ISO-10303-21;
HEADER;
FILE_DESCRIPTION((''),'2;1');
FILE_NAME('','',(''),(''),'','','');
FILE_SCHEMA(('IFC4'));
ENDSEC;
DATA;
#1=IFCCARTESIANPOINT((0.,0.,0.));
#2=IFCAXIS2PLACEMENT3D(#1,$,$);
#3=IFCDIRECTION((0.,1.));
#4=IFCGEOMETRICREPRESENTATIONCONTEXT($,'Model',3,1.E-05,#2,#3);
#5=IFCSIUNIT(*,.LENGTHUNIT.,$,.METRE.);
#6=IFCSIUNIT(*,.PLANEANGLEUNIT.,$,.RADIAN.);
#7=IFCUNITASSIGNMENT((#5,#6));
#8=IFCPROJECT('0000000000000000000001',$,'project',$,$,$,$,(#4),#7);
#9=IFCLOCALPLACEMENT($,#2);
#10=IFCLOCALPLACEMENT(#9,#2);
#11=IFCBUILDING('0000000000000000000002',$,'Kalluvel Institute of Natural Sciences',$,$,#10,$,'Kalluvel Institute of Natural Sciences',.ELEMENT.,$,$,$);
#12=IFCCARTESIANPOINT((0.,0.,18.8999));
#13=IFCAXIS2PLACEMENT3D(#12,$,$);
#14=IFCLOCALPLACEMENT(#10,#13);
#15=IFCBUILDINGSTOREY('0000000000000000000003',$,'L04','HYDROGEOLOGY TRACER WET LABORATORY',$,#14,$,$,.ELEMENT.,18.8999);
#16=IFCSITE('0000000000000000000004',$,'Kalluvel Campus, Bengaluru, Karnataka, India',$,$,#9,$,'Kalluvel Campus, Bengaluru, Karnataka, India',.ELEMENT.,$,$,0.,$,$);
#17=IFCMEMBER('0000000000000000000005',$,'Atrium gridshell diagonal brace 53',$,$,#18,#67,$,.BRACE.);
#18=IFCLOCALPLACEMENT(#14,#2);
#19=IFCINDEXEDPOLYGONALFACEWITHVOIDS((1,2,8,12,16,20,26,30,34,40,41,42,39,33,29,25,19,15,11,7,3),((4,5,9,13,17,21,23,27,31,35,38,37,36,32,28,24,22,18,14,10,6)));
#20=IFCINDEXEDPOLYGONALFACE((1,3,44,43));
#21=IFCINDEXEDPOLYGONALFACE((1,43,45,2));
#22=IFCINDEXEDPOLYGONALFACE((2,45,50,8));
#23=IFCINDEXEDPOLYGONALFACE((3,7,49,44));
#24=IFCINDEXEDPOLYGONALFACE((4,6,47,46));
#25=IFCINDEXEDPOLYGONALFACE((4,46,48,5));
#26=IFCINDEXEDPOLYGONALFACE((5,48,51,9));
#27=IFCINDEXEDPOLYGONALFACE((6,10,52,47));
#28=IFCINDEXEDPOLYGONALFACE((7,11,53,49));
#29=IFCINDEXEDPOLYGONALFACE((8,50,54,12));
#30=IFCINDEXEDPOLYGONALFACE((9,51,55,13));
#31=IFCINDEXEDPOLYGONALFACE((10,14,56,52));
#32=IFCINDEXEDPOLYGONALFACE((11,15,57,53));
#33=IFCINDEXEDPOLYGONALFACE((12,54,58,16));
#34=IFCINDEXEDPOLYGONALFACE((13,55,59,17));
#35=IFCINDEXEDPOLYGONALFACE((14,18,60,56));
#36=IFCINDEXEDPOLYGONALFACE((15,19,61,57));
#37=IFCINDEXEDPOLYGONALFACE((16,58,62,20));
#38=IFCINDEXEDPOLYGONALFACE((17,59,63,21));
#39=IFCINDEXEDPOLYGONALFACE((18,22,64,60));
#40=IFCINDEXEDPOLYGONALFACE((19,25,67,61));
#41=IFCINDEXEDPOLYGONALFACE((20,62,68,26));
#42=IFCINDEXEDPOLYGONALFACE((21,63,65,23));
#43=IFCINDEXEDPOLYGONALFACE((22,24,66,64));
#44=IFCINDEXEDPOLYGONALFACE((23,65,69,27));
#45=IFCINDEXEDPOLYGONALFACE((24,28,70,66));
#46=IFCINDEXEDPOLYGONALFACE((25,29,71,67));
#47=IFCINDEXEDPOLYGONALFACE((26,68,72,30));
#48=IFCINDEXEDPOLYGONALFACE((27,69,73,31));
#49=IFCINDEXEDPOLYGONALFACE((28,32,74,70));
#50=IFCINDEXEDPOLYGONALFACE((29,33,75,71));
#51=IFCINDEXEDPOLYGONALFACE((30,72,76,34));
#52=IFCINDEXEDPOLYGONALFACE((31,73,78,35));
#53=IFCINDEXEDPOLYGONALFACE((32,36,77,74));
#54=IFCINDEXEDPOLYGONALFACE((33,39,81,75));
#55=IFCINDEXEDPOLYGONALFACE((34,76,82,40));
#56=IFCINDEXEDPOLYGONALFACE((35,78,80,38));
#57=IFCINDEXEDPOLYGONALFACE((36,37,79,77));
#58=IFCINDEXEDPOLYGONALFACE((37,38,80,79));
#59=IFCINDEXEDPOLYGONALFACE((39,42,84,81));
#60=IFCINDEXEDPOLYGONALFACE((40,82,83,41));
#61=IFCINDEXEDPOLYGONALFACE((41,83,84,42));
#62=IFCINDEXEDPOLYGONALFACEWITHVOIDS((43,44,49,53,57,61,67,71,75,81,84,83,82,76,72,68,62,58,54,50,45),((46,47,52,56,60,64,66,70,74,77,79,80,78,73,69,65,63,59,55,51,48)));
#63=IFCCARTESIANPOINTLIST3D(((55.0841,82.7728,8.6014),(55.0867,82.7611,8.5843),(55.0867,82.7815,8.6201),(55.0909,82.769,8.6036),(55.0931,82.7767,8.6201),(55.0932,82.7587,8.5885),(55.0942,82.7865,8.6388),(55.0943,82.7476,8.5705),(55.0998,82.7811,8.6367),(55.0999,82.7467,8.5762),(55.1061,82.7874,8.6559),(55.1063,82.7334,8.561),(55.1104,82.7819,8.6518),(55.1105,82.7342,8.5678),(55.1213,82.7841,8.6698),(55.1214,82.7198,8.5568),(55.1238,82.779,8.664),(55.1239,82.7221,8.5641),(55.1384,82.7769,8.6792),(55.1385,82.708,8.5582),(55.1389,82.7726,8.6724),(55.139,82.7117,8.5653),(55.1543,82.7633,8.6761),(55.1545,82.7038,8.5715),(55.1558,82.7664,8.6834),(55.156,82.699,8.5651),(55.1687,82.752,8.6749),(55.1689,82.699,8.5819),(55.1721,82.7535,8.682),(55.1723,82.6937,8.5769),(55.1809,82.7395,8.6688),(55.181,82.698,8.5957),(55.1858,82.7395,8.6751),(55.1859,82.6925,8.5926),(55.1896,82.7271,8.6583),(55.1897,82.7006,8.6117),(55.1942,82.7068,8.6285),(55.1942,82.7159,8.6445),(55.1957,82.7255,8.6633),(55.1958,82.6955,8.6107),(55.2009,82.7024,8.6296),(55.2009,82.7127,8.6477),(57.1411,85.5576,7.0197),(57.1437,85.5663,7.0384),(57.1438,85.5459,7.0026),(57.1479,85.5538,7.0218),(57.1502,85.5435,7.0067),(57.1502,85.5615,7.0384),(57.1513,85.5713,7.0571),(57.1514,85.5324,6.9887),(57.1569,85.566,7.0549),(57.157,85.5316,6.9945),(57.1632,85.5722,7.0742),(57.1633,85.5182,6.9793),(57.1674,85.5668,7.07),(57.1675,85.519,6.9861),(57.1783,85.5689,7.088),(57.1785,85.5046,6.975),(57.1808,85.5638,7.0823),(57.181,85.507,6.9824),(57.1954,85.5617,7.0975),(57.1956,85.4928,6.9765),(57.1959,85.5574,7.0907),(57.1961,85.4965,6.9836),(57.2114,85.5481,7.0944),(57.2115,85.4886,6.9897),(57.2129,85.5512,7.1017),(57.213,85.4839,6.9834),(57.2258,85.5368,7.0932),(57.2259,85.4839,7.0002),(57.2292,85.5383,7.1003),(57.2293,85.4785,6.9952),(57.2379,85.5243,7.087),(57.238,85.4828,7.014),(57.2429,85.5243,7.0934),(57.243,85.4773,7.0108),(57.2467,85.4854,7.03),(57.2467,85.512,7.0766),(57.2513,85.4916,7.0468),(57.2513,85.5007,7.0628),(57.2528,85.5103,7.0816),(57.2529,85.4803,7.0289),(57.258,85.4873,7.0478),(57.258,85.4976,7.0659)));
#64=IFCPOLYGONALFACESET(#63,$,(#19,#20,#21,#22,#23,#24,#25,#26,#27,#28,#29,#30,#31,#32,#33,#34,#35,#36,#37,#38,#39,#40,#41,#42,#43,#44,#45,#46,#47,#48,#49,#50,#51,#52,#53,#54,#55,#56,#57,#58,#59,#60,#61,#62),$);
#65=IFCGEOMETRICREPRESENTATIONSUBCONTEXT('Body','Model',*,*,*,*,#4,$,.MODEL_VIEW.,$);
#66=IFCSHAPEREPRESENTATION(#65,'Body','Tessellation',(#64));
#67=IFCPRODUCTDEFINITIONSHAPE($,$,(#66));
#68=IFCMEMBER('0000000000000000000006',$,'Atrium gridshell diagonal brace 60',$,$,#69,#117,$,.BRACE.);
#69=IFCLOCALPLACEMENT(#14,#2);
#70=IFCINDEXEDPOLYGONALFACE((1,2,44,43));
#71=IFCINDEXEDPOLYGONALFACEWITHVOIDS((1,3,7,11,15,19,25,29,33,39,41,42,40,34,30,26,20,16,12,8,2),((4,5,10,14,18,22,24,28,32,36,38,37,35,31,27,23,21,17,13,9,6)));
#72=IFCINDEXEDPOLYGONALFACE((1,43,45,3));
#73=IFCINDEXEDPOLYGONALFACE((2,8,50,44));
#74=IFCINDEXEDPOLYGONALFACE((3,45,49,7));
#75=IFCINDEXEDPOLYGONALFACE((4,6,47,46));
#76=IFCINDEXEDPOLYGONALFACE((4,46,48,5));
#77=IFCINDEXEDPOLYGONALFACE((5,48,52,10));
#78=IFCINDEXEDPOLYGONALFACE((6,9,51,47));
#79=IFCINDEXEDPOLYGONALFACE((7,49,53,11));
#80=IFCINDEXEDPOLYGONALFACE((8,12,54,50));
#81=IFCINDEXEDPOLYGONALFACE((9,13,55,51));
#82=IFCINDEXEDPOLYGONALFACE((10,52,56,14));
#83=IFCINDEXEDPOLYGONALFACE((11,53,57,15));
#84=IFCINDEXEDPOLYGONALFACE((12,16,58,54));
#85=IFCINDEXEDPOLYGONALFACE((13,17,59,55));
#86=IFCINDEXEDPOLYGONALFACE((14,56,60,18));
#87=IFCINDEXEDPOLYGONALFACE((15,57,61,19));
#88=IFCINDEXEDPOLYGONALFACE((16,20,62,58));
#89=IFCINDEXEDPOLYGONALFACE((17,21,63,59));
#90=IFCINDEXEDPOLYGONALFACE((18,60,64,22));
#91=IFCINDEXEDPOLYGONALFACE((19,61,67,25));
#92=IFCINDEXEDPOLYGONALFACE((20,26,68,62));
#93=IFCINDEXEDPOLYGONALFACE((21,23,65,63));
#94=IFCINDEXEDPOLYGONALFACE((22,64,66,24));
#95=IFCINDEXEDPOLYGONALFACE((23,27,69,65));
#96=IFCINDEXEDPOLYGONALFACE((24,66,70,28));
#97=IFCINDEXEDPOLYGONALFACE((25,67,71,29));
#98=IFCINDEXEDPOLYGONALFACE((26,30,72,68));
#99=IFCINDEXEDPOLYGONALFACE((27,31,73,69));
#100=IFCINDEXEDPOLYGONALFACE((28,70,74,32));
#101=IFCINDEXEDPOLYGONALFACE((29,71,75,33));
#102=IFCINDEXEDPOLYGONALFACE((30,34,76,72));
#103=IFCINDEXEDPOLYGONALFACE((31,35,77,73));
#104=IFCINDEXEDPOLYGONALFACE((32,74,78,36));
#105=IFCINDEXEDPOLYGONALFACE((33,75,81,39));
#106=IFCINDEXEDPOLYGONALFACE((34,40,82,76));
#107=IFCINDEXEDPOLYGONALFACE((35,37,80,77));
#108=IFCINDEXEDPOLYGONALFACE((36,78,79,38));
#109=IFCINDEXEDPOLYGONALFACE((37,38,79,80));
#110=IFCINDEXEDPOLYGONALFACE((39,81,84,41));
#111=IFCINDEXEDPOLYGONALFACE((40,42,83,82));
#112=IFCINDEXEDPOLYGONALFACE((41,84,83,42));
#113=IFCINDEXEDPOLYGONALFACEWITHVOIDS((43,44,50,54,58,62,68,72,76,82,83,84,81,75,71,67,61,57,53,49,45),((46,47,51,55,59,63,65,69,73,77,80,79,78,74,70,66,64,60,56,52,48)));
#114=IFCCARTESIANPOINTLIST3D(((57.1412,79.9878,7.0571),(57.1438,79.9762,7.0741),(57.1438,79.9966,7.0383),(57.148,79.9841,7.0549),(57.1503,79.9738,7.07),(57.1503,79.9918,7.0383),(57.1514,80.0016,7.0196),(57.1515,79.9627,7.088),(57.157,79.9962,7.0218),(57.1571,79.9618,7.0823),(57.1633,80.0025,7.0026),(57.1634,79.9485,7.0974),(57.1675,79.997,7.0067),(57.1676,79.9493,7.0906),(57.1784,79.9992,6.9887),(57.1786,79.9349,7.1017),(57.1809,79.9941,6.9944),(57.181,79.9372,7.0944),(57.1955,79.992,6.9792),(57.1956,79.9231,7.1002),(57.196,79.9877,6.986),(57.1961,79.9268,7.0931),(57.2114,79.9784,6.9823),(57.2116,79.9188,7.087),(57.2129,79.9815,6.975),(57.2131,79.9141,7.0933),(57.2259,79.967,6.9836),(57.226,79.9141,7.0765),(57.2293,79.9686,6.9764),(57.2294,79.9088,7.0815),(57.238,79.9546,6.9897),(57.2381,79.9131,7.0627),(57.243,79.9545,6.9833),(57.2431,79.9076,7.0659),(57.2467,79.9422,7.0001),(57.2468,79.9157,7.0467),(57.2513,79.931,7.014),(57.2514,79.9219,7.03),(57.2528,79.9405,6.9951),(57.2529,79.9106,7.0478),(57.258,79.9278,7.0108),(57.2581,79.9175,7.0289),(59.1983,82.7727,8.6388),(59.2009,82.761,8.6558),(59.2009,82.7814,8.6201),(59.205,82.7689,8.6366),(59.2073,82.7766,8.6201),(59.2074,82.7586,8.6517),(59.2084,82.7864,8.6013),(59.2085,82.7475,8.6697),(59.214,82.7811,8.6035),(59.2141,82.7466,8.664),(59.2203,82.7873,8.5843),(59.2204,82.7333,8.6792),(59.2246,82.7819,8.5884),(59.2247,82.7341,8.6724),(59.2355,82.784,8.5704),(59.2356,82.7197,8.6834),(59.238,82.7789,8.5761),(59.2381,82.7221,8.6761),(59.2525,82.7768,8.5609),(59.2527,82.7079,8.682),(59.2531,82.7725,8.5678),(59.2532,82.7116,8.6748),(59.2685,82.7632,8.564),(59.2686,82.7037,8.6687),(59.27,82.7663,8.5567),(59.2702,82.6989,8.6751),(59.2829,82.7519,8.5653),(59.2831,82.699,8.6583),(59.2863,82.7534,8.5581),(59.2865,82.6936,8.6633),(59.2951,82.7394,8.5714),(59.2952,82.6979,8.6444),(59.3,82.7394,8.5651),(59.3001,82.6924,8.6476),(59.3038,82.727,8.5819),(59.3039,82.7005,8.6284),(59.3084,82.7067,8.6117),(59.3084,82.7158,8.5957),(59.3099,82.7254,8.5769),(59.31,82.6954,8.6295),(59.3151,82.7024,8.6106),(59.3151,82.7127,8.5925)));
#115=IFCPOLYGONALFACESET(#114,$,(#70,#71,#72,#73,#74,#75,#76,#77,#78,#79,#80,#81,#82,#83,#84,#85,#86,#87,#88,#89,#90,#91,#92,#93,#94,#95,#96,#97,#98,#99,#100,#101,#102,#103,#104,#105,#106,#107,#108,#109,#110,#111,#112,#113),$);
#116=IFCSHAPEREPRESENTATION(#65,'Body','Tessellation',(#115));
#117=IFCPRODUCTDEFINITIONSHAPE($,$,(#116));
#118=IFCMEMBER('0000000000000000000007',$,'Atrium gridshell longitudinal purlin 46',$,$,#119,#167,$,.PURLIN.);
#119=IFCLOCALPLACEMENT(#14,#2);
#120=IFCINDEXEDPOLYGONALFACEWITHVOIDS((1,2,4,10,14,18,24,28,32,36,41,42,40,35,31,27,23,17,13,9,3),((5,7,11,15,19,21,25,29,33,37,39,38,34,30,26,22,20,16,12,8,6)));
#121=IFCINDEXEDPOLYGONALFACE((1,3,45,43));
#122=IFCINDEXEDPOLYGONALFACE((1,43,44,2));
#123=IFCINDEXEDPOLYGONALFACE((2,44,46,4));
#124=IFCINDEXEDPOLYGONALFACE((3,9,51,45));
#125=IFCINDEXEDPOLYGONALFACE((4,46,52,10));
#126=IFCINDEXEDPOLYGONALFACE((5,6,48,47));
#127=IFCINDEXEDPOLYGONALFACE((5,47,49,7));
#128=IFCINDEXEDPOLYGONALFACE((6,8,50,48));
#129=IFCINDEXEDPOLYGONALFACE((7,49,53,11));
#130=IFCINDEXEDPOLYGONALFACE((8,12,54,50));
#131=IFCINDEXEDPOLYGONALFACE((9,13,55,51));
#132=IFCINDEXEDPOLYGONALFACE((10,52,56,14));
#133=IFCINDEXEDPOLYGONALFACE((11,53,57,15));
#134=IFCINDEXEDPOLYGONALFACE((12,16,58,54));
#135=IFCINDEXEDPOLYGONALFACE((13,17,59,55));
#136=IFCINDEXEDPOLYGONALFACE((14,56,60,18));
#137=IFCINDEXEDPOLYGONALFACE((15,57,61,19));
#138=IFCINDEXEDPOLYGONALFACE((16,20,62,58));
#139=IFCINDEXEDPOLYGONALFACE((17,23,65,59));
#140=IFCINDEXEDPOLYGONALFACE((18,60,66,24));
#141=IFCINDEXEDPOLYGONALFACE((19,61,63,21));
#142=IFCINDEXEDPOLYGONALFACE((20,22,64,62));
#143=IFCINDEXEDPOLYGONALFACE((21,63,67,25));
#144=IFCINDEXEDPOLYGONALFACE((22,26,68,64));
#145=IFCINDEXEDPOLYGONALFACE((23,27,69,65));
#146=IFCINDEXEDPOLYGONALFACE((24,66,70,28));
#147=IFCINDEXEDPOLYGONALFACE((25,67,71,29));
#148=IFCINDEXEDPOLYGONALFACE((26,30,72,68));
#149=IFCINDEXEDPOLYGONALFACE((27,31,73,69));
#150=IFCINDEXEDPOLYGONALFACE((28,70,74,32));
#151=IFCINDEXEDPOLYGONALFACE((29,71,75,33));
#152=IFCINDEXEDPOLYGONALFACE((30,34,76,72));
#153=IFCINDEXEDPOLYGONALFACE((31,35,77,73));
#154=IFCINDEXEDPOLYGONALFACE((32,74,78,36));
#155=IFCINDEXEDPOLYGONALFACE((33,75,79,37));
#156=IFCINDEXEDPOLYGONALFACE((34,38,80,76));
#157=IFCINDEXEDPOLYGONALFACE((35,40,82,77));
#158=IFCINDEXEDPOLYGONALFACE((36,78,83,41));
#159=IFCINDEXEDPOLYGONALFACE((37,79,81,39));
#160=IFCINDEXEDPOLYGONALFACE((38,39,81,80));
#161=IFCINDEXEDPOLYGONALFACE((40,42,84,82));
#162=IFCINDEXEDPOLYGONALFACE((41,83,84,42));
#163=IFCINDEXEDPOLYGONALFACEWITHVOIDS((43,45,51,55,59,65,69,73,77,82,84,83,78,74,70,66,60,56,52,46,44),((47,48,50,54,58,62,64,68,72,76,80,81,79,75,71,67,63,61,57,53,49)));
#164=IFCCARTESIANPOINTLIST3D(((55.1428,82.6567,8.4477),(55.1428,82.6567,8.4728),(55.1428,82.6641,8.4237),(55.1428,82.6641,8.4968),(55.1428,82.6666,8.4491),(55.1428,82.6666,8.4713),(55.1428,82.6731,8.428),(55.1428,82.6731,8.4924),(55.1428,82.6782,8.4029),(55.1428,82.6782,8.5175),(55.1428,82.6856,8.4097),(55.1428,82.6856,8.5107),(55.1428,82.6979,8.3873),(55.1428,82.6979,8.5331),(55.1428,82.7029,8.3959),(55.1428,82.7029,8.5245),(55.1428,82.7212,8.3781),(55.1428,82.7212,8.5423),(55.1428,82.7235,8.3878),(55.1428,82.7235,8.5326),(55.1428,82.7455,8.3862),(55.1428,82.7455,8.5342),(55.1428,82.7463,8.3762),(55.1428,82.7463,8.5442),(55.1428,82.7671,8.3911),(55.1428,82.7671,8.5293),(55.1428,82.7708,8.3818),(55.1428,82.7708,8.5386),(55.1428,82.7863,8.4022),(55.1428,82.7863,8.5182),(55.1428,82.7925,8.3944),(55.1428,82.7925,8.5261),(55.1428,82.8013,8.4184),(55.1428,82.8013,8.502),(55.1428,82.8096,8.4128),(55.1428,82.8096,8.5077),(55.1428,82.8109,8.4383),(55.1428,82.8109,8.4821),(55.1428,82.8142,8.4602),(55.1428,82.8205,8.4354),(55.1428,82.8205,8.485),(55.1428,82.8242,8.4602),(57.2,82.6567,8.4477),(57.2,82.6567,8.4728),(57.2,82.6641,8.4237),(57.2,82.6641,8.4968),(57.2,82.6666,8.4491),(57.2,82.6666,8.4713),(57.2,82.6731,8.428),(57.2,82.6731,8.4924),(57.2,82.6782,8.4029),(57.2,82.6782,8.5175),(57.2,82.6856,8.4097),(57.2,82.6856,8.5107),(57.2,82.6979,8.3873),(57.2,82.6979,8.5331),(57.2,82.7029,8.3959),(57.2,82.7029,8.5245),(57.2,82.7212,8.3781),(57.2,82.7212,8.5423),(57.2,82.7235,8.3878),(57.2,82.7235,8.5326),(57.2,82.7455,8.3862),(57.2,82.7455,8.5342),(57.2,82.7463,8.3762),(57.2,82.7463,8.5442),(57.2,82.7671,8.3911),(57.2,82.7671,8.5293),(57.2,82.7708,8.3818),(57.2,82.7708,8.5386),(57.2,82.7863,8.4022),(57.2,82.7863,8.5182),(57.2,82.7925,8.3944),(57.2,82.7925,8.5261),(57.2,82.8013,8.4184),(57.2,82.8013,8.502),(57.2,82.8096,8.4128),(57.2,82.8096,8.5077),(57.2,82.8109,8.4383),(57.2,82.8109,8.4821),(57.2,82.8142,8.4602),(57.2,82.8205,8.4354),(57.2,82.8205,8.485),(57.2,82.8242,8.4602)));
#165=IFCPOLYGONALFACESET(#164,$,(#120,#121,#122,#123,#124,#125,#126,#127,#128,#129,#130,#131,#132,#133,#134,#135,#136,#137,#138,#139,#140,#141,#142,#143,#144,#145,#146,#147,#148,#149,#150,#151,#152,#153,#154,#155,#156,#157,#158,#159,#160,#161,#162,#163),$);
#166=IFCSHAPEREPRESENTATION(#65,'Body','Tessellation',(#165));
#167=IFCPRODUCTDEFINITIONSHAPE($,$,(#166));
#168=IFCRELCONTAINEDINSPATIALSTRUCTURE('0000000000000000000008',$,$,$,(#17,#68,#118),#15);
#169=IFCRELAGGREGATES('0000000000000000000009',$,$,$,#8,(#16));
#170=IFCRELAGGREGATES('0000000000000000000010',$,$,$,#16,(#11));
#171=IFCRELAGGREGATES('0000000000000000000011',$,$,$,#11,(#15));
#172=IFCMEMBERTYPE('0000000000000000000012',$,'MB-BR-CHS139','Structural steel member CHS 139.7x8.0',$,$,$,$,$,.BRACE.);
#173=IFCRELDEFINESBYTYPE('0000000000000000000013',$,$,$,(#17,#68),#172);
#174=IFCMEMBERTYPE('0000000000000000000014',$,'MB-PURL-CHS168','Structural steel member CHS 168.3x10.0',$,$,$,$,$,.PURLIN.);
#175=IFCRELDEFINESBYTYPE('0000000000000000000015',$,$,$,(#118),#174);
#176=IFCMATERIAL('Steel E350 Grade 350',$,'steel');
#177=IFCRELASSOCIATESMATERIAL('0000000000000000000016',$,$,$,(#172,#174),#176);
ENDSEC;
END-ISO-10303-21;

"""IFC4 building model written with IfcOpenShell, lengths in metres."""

from ifc_helpers import new_model, si_unit, direction, frame, origin, origin_2d, place, context, subcontext, project, spatial, hollow_circle, extrude, material, material_profile, profile_set, type_object, element, save


model = new_model("IFC4")

# Units and contexts
model_context = context("Model", 3, precision=1e-05, world=origin(), true_north=direction((0.0, 1.0)))
body_context = subcontext(model_context, "Body", "Model", "MODEL_VIEW")
ifc_project = project(units=[si_unit("LENGTHUNIT", "METRE"), si_unit("PLANEANGLEUNIT", "RADIAN")], contexts=[model_context])

# Site, building, storey
site_placement = place(None, origin())
site = spatial("IfcSite", under=ifc_project, at=site_placement, Name="Kalluvel Campus, Bengaluru, Karnataka, India", LongName="Kalluvel Campus, Bengaluru, Karnataka, India", CompositionType="ELEMENT", RefElevation=0.0)
building_placement = place(site_placement, origin())
building = spatial("IfcBuilding", under=site, at=building_placement, Name="Kalluvel Institute of Natural Sciences", LongName="Kalluvel Institute of Natural Sciences", CompositionType="ELEMENT")
storey_placement = place(building_placement, frame((0.0, 0.0, 18.8999)))
storey = spatial("IfcBuildingStorey", under=building, at=storey_placement, Name="L04", Description="HYDROGEOLOGY TRACER WET LABORATORY", CompositionType="ELEMENT", Elevation=18.8999)

# Members
ifc_material_1 = material(Name="Steel E350 Grade 350", Category="steel")
ifc_material_profile_1 = material_profile(ifc_material_1, hollow_circle(Radius=0.0698, WallThickness=0.0081, at=origin_2d()), Name="CHS 139.7x8.0")
ifc_profile_set_1 = profile_set([ifc_material_profile_1], Name="Steel E350 Grade 350")
member_type_1 = type_object("IfcMemberType", Name="MB-BR-CHS139", Description="Structural steel member CHS 139.7x8.0", PredefinedType="BRACE", material=ifc_profile_set_1)
for number, where, z_axis, x_axis, name in (
    (1, (55.1428, 82.74, 8.6201), (0.540423, 0.731617, -0.415547), (-0.804353, 0.594151, 0.0), "Atrium gridshell diagonal brace 53"),
    (2, (57.2, 79.9551, 7.0383), (0.540423, 0.731617, 0.415547), (-0.804353, 0.594151, 0.0), "Atrium gridshell diagonal brace 60"),
):
    element("IfcMember", number, at=place(storey_placement, frame(where, z_axis=z_axis, x_axis=x_axis)), inside=storey, type_object=member_type_1, Name=name, PredefinedType="BRACE", context=body_context, shape_type="SweptSolid", body=[
        extrude(hollow_circle(Radius=0.0698, WallThickness=0.0081, at=origin_2d()), origin(), (0.0, 0.0, 1.0), 3.8064),
    ])
ifc_material_profile_2 = material_profile(ifc_material_1, hollow_circle(Radius=0.0842, WallThickness=0.01, at=origin_2d()), Name="CHS 168.3x10.0")
ifc_profile_set_2 = profile_set([ifc_material_profile_2], Name="Steel E350 Grade 350")
member_type_2 = type_object("IfcMemberType", Name="MB-PURL-CHS168", Description="Structural steel member CHS 168.3x10.0", PredefinedType="PURLIN", material=ifc_profile_set_2)
for number, where, z_axis, x_axis, name in (
    (3, (55.1428, 82.74, 8.4602), (1.0, 0.0, 0.0), (0.0, 1.0, 0.0), "Atrium gridshell longitudinal purlin 46"),
):
    element("IfcMember", number, at=place(storey_placement, frame(where, z_axis=z_axis, x_axis=x_axis)), inside=storey, type_object=member_type_2, Name=name, PredefinedType="PURLIN", context=body_context, shape_type="SweptSolid", body=[
        extrude(hollow_circle(Radius=0.0842, WallThickness=0.01, at=origin_2d()), origin(), (0.0, 0.0, 1.0), 2.0571),
    ])

save(model, "model.ifc")
